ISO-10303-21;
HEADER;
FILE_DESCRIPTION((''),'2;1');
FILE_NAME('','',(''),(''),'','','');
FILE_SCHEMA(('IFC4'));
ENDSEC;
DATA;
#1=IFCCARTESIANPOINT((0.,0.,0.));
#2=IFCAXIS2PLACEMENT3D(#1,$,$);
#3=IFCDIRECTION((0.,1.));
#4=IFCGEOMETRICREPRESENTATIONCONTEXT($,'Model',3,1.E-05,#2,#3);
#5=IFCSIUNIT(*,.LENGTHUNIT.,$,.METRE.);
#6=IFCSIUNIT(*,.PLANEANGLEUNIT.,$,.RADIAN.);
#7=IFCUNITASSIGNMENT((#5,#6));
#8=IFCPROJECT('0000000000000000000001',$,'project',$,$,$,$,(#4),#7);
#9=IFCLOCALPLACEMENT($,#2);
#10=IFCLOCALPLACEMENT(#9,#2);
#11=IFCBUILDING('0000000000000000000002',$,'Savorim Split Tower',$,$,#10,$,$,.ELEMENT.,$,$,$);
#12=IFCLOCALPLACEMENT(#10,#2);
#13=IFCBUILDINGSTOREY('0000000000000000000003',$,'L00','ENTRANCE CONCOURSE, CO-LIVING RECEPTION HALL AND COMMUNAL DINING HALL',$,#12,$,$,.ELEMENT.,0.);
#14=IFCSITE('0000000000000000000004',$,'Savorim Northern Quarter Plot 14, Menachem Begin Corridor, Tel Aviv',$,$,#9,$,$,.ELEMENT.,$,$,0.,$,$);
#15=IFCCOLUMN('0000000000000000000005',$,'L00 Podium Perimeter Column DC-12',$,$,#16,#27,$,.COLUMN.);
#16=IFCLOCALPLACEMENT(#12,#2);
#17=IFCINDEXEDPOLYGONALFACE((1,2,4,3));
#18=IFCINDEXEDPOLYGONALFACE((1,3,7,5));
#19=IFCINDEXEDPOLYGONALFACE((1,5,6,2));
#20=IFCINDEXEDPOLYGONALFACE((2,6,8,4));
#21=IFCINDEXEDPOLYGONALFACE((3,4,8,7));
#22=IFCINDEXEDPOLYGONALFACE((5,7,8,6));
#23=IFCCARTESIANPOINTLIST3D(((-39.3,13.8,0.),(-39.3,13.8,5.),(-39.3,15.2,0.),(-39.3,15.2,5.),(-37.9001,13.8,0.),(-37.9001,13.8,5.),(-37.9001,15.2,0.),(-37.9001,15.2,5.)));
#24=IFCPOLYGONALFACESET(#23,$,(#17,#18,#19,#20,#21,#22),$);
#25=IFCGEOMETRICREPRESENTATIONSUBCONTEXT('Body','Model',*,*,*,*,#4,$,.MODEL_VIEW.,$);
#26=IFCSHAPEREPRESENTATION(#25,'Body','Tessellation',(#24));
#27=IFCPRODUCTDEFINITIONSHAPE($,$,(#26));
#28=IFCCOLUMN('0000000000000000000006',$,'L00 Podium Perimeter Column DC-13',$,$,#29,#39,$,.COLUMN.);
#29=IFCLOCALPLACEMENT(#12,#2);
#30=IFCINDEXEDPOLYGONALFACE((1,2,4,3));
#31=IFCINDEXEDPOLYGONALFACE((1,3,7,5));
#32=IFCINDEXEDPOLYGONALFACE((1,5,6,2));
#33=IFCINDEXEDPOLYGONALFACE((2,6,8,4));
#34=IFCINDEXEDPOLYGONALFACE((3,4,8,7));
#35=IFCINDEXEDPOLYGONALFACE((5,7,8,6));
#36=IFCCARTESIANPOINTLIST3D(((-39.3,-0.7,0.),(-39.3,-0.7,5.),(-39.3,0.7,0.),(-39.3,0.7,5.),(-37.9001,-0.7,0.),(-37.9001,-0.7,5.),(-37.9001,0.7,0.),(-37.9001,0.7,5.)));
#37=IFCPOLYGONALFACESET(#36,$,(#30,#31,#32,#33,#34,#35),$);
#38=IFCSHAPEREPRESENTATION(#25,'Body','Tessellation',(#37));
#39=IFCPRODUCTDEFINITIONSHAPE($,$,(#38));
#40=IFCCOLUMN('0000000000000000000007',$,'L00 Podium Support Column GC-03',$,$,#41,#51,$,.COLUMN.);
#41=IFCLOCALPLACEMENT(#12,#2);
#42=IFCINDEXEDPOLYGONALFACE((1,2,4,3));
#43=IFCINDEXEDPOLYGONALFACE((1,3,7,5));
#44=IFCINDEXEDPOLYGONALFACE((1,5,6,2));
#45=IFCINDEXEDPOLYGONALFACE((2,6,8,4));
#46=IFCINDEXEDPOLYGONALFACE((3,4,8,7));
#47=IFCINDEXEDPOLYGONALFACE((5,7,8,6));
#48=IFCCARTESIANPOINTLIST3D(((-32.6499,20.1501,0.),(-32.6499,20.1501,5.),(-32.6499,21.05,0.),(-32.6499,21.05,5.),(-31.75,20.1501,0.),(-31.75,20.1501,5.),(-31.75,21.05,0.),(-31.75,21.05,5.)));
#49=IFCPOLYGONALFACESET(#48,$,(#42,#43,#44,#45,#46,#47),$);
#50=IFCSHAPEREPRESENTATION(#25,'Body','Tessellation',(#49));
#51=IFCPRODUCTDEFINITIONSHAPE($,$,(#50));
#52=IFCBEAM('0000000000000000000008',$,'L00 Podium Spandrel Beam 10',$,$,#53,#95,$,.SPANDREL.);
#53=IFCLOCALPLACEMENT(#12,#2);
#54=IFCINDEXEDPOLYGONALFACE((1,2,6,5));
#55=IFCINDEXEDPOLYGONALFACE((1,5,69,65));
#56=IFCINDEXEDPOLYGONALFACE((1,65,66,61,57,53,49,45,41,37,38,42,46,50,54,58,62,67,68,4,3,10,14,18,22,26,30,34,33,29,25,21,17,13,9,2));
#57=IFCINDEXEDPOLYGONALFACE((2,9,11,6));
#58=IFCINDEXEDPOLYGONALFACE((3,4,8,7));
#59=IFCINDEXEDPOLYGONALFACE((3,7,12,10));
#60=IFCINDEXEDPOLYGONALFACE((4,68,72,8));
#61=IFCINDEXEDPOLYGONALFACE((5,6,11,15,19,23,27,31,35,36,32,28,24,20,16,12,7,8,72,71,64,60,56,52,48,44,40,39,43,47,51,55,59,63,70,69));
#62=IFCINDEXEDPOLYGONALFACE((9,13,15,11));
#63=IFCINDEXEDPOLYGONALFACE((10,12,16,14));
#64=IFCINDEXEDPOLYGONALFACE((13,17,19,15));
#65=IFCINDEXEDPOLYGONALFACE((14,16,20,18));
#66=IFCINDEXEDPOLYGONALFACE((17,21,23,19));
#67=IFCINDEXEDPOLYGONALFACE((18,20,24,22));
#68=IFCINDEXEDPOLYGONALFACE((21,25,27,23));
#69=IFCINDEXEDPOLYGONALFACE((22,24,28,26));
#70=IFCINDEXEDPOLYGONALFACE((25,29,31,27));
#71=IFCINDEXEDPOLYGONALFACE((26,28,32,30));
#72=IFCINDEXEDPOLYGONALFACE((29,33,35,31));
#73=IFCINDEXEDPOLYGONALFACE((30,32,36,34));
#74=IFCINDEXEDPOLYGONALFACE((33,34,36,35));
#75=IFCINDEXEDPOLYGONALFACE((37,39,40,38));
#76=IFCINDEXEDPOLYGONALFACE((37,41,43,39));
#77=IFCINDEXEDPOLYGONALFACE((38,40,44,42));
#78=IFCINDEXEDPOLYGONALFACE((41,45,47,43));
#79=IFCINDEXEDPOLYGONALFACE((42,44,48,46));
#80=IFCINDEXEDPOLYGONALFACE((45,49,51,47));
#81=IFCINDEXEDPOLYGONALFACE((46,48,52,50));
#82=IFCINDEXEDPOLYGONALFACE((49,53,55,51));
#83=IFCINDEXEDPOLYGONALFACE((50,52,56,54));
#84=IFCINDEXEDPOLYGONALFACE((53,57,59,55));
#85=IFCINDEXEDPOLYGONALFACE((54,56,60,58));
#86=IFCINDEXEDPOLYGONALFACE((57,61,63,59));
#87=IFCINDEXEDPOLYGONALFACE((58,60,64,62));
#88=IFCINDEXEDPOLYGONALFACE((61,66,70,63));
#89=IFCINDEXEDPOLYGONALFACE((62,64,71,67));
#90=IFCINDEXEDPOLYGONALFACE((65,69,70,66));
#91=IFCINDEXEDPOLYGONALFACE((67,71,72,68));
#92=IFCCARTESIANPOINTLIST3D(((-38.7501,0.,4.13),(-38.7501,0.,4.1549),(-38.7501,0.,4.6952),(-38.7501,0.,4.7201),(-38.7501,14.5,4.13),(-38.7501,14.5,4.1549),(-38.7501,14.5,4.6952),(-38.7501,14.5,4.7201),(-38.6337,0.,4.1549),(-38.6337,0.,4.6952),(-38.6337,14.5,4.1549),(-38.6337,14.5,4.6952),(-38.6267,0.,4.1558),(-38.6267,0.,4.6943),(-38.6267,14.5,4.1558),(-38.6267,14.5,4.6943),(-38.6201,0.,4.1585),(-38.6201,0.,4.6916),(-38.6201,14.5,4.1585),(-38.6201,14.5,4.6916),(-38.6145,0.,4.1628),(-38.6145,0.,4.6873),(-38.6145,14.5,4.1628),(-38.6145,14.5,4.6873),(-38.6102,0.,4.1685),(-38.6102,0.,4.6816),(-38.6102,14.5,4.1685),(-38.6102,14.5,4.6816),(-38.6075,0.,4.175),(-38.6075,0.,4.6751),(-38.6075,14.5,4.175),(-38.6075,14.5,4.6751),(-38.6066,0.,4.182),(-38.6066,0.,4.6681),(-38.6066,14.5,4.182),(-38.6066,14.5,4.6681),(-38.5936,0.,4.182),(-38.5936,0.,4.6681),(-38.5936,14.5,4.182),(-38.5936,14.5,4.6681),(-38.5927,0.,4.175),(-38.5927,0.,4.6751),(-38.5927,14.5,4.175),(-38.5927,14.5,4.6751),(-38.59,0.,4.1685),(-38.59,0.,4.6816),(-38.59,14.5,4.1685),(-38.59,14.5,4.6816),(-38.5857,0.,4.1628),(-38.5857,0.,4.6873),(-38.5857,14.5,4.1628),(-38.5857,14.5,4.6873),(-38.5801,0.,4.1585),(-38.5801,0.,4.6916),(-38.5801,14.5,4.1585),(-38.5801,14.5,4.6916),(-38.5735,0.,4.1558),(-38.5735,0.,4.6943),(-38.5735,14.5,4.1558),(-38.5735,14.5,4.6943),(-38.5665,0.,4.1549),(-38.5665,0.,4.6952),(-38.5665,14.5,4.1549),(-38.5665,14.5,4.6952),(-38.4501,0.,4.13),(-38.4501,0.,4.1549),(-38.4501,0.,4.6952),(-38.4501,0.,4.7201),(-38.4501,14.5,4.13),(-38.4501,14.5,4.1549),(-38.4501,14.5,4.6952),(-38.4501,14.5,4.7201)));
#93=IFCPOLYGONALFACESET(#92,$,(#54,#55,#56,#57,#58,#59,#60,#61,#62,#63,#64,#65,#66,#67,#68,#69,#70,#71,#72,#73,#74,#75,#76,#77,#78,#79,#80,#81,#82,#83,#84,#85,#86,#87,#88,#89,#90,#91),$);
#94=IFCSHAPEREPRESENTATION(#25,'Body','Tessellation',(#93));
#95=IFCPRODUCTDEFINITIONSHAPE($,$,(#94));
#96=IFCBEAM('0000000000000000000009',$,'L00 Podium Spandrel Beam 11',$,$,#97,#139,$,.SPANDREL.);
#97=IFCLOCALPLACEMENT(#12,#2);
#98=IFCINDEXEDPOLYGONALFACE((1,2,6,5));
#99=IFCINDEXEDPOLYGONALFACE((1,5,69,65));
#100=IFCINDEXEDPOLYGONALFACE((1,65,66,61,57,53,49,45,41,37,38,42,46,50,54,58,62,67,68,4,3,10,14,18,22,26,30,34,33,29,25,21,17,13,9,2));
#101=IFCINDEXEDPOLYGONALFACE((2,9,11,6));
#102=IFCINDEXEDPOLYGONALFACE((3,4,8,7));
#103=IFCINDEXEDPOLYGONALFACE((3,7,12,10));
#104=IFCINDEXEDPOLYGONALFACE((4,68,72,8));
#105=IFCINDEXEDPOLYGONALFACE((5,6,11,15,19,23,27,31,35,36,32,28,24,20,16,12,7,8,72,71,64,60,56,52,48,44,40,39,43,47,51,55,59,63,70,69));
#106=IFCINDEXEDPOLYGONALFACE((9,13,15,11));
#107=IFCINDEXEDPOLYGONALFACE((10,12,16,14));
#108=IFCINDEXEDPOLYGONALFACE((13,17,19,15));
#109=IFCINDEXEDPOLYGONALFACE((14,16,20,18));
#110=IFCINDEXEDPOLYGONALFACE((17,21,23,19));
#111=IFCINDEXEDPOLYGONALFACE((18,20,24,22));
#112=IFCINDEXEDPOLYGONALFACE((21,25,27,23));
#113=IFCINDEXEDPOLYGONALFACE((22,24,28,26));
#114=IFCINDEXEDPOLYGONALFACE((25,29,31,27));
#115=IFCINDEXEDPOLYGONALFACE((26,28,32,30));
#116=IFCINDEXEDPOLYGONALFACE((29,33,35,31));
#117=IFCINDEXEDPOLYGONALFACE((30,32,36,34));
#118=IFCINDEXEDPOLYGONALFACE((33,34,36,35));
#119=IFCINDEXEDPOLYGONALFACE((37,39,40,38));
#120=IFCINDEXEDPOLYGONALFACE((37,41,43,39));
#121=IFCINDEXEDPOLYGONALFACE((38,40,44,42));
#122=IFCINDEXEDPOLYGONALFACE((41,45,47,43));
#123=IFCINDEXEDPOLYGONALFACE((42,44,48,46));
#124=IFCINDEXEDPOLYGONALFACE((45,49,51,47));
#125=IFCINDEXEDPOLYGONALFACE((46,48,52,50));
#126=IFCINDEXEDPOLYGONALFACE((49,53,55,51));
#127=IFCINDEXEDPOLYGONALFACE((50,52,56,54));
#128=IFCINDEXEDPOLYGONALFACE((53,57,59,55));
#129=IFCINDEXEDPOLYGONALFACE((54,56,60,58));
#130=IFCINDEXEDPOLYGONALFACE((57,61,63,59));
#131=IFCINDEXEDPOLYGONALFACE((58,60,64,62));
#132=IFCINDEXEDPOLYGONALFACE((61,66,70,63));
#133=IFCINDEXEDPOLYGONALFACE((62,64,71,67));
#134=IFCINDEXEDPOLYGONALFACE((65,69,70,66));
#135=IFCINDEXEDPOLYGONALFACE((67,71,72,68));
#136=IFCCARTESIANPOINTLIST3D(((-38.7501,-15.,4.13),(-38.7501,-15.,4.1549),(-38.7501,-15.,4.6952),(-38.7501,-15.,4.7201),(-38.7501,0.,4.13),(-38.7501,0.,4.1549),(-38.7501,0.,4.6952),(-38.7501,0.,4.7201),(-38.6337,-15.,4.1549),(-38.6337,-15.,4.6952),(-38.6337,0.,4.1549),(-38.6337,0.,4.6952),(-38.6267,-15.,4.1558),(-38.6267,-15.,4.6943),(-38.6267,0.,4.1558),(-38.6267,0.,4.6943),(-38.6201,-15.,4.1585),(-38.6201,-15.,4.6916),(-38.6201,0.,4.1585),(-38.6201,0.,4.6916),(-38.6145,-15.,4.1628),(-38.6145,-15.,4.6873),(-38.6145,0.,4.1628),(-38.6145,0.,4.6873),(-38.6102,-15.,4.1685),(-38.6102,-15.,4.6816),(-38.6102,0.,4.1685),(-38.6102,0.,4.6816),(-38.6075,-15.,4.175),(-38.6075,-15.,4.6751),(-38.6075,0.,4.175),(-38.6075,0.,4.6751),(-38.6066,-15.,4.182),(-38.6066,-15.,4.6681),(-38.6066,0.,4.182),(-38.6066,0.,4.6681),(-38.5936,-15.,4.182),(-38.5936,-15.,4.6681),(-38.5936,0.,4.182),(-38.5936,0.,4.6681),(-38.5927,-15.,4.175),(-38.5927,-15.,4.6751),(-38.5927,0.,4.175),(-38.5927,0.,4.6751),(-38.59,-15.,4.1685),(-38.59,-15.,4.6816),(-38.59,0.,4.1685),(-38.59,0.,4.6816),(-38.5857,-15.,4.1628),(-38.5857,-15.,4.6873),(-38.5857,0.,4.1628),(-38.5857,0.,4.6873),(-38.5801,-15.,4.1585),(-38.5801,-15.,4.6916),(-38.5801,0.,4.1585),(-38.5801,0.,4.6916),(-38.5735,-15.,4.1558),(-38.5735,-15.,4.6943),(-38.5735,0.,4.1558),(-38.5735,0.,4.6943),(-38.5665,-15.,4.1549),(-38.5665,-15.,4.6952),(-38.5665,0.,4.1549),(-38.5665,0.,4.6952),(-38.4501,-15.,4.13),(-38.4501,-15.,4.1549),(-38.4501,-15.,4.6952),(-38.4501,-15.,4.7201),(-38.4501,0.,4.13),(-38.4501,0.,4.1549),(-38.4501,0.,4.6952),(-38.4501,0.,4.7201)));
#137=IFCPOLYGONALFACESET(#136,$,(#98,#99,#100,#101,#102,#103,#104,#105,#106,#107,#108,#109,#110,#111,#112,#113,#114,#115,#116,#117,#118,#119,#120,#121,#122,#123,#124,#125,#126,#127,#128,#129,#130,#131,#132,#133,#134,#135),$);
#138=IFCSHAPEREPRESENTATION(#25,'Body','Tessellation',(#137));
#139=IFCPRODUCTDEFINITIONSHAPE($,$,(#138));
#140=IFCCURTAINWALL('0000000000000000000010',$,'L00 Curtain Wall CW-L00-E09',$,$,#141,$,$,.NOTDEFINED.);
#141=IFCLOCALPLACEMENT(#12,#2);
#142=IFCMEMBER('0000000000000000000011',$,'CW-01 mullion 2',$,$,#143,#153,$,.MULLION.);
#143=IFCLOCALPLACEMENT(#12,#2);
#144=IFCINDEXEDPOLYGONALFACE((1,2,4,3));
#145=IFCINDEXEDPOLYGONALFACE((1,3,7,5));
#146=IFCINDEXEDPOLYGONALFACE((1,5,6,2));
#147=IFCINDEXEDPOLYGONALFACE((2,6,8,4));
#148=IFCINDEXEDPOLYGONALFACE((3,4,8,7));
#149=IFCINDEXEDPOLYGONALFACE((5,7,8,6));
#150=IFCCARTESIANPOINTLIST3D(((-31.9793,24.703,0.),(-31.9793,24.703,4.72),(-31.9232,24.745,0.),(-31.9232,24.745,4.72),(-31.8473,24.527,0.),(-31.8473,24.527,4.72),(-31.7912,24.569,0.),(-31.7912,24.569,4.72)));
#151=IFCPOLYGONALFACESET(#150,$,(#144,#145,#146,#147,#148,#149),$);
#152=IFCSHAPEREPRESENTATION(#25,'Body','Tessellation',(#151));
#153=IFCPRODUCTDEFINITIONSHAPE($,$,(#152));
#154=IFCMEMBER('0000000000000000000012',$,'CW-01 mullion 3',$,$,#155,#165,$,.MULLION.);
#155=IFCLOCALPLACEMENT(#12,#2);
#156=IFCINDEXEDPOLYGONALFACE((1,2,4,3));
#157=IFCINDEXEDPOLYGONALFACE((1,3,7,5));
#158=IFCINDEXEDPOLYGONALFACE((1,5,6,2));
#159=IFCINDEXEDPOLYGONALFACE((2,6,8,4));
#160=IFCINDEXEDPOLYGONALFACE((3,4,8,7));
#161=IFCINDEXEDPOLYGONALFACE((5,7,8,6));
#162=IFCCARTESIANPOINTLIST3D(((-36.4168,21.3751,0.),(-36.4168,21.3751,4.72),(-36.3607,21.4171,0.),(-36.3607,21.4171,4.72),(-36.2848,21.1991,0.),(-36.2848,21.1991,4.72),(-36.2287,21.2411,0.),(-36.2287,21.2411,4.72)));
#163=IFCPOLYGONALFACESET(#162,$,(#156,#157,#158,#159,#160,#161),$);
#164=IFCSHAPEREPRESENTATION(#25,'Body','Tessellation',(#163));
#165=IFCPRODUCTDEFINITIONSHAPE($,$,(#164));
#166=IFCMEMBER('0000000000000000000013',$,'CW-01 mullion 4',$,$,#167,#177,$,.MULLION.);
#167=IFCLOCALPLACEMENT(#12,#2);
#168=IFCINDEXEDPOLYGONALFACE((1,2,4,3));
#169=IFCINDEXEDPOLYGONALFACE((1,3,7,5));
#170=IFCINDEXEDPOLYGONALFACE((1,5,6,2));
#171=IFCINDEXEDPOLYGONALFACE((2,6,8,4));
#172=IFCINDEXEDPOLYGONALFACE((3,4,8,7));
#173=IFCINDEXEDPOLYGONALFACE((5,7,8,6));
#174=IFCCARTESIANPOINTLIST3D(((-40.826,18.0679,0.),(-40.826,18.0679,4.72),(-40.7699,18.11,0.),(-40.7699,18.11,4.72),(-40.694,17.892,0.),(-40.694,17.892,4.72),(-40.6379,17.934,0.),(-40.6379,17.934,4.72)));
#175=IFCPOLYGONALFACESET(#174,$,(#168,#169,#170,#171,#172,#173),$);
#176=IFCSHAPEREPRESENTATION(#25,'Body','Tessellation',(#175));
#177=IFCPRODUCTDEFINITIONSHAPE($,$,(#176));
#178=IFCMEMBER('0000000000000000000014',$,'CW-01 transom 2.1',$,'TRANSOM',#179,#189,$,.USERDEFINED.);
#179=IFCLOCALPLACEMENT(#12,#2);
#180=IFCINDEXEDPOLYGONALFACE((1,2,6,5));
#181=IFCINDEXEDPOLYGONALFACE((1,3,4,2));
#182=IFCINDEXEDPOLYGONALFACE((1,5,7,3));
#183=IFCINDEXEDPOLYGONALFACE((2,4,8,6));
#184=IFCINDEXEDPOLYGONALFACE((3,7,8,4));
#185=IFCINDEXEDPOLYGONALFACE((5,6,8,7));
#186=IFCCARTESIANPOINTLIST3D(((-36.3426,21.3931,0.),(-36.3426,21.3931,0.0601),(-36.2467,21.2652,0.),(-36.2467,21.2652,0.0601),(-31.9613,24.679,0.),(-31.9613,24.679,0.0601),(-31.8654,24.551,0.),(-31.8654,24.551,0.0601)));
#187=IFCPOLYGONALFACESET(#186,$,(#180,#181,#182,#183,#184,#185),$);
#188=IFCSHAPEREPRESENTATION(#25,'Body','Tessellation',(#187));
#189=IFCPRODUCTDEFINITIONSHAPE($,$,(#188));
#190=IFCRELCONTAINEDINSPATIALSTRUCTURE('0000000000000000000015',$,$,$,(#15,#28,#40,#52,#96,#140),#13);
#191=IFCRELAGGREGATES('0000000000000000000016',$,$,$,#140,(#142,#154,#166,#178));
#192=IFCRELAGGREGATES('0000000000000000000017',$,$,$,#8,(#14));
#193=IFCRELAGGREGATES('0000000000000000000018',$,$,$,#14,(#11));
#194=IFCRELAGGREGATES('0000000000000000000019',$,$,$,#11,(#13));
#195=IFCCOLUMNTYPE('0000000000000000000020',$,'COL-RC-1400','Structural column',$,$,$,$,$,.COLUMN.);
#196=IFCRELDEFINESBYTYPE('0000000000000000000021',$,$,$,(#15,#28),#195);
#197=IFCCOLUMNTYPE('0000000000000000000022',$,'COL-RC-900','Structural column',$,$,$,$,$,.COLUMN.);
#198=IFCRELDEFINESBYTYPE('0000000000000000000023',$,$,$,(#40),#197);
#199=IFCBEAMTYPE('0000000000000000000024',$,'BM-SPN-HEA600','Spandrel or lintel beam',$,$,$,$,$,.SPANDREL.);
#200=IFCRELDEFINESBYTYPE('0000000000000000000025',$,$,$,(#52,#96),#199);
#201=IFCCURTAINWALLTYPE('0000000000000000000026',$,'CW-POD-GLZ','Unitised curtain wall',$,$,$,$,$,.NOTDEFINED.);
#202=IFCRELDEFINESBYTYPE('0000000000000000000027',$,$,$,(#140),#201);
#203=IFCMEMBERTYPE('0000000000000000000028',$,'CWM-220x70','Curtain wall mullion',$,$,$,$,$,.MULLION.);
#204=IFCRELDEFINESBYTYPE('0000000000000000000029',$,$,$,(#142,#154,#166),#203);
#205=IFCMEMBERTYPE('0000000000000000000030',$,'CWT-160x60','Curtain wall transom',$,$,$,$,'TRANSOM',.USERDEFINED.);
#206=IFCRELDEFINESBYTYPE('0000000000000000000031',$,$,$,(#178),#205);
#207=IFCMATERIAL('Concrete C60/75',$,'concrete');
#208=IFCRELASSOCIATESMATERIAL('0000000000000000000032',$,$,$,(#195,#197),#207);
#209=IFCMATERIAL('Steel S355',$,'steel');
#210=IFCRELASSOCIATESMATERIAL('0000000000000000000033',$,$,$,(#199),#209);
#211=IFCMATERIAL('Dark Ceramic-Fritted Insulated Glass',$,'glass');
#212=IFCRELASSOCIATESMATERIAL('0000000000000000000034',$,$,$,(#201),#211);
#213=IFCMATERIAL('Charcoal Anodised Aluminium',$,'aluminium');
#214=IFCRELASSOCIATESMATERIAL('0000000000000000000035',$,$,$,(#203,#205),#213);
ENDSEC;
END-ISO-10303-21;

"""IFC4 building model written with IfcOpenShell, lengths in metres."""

from ifc_helpers import new_model, si_unit, direction, frame, origin, origin_2d, place, context, subcontext, project, spatial, rectangle, i_section, extrude, material, material_profile, profile_set, type_object, element, aggregate, save


model = new_model("IFC4")

# Units and contexts
model_context = context("Model", 3, precision=1e-05, world=origin(), true_north=direction((0.0, 1.0)))
body_context = subcontext(model_context, "Body", "Model", "MODEL_VIEW")
ifc_project = project(units=[si_unit("LENGTHUNIT", "METRE"), si_unit("PLANEANGLEUNIT", "RADIAN")], contexts=[model_context])

# Site, building, storey
site_placement = place(None, origin())
site = spatial("IfcSite", under=ifc_project, at=site_placement, Name="Savorim Northern Quarter Plot 14, Menachem Begin Corridor, Tel Aviv", CompositionType="ELEMENT", RefElevation=0.0)
building_placement = place(site_placement, origin())
building = spatial("IfcBuilding", under=site, at=building_placement, Name="Savorim Split Tower", CompositionType="ELEMENT")
storey_placement = place(building_placement, origin())
storey = spatial("IfcBuildingStorey", under=building, at=storey_placement, Name="L00", Description="ENTRANCE CONCOURSE, CO-LIVING RECEPTION HALL AND COMMUNAL DINING HALL", CompositionType="ELEMENT", Elevation=0.0)

# Columns
ifc_material_1 = material(Name="Concrete C60/75", Category="concrete")
ifc_material_profile_1 = material_profile(ifc_material_1, rectangle(XDim=1.3999, YDim=1.3999, at=origin_2d()), Name="RC 1400x1400")
ifc_profile_set_1 = profile_set([ifc_material_profile_1], Name="Concrete C60/75")
column_type_1 = type_object("IfcColumnType", Name="COL-RC-1400", Description="Structural column", PredefinedType="COLUMN", material=ifc_profile_set_1)
for number, where, z_axis, x_axis, name in (
    (1, (-38.6001, 14.5, 0.0), (0.0, 0.0, 1.0), (1.0, 0.0, 0.0), "L00 Podium Perimeter Column DC-12"),
    (2, (-38.6001, 0.0, 0.0), (0.0, 0.0, 1.0), (1.0, 0.0, 0.0), "L00 Podium Perimeter Column DC-13"),
):
    element("IfcColumn", number, at=place(storey_placement, frame(where, z_axis=z_axis, x_axis=x_axis)), inside=storey, type_object=column_type_1, Name=name, PredefinedType="COLUMN", context=body_context, shape_type="SweptSolid", body=[
        extrude(rectangle(XDim=1.3999, YDim=1.3999, at=origin_2d()), origin(), (0.0, 0.0, 1.0), 5.0),
    ])
ifc_material_profile_2 = material_profile(ifc_material_1, rectangle(XDim=0.8999, YDim=0.8999, at=origin_2d()), Name="RC 900x900")
ifc_profile_set_2 = profile_set([ifc_material_profile_2], Name="Concrete C60/75")
column_type_2 = type_object("IfcColumnType", Name="COL-RC-900", Description="Structural column", PredefinedType="COLUMN", material=ifc_profile_set_2)
column_placement = place(storey_placement, frame((-32.2, 20.6001, 0.0), z_axis=(0.0, 0.0, 1.0), x_axis=(1.0, 0.0, 0.0)))
element("IfcColumn", 3, at=column_placement, inside=storey, type_object=column_type_2, Name="L00 Podium Support Column GC-03", PredefinedType="COLUMN", context=body_context, shape_type="SweptSolid", body=[
    extrude(rectangle(XDim=0.8999, YDim=0.8999, at=origin_2d()), origin(), (0.0, 0.0, 1.0), 5.0),
])

# Beams
ifc_material_2 = material(Name="Steel S355", Category="steel")
ifc_material_profile_3 = material_profile(ifc_material_2, i_section(OverallWidth=0.3, OverallDepth=0.5901, WebThickness=0.0129, FlangeThickness=0.0249, FilletRadius=0.0271, at=origin_2d()), Name="HEA 600")
ifc_profile_set_3 = profile_set([ifc_material_profile_3], Name="Steel S355")
beam_type = type_object("IfcBeamType", Name="BM-SPN-HEA600", Description="Spandrel or lintel beam", PredefinedType="SPANDREL", material=ifc_profile_set_3)
beam_1_placement = place(storey_placement, frame((-38.6001, 14.5, 4.425), z_axis=(0.0, -1.0, 0.0), x_axis=(1.0, 0.0, 0.0)))
element("IfcBeam", 4, at=beam_1_placement, inside=storey, type_object=beam_type, Name="L00 Podium Spandrel Beam 10", PredefinedType="SPANDREL", context=body_context, shape_type="SweptSolid", body=[
    extrude(i_section(OverallWidth=0.3, OverallDepth=0.5901, WebThickness=0.0129, FlangeThickness=0.0249, FilletRadius=0.0271, at=origin_2d()), origin(), (0.0, 0.0, 1.0), 14.5),
])
beam_2_placement = place(storey_placement, frame((-38.6001, 0.0, 4.425), z_axis=(0.0, -1.0, 0.0), x_axis=(1.0, 0.0, 0.0)))
element("IfcBeam", 5, at=beam_2_placement, inside=storey, type_object=beam_type, Name="L00 Podium Spandrel Beam 11", PredefinedType="SPANDREL", context=body_context, shape_type="SweptSolid", body=[
    extrude(i_section(OverallWidth=0.3, OverallDepth=0.5901, WebThickness=0.0129, FlangeThickness=0.0249, FilletRadius=0.0271, at=origin_2d()), origin(), (0.0, 0.0, 1.0), 15.0),
])

# Curtain wall, members
ifc_material_3 = material(Name="Dark Ceramic-Fritted Insulated Glass", Category="glass")
curtain_wall_type = type_object("IfcCurtainWallType", Name="CW-POD-GLZ", Description="Unitised curtain wall", PredefinedType="NOTDEFINED", material=ifc_material_3)
curtain_wall_placement = place(storey_placement, origin())
curtain_wall = element("IfcCurtainWall", 6, at=curtain_wall_placement, inside=storey, type_object=curtain_wall_type, Name="L00 Curtain Wall CW-L00-E09", PredefinedType="NOTDEFINED")
ifc_material_4 = material(Name="Charcoal Anodised Aluminium", Category="aluminium")
ifc_material_profile_4 = material_profile(ifc_material_4, rectangle(XDim=0.22, YDim=0.0701, at=origin_2d()), Name="ALU-M 220x70")
ifc_profile_set_4 = profile_set([ifc_material_profile_4], Name="Charcoal Anodised Aluminium")
member_type_1 = type_object("IfcMemberType", Name="CWM-220x70", Description="Curtain wall mullion", PredefinedType="MULLION", material=ifc_profile_set_4)
member_1_placement = place(storey_placement, frame((-31.8853, 24.636, 0.0), z_axis=(0.0, 0.0, 1.0), x_axis=(0.6, -0.8, 0.0)))
member_1 = element("IfcMember", 7, at=member_1_placement, type_object=member_type_1, Name="CW-01 mullion 2", PredefinedType="MULLION", context=body_context, shape_type="SweptSolid", body=[
    extrude(rectangle(XDim=0.22, YDim=0.0701, at=origin_2d()), origin(), (0.0, 0.0, 1.0), 4.72),
])
member_2_placement = place(storey_placement, frame((-36.3228, 21.3081, 0.0), z_axis=(0.0, 0.0, 1.0), x_axis=(0.6, -0.8, 0.0)))
member_2 = element("IfcMember", 8, at=member_2_placement, type_object=member_type_1, Name="CW-01 mullion 3", PredefinedType="MULLION", context=body_context, shape_type="SweptSolid", body=[
    extrude(rectangle(XDim=0.22, YDim=0.0701, at=origin_2d()), origin(), (0.0, 0.0, 1.0), 4.72),
])
member_3_placement = place(storey_placement, frame((-40.7319, 18.001, 0.0), z_axis=(0.0, 0.0, 1.0), x_axis=(0.6, -0.8, 0.0)))
member_3 = element("IfcMember", 9, at=member_3_placement, type_object=member_type_1, Name="CW-01 mullion 4", PredefinedType="MULLION", context=body_context, shape_type="SweptSolid", body=[
    extrude(rectangle(XDim=0.22, YDim=0.0701, at=origin_2d()), origin(), (0.0, 0.0, 1.0), 4.72),
])
ifc_material_profile_5 = material_profile(ifc_material_4, rectangle(XDim=0.1599, YDim=0.0601, at=origin_2d()), Name="ALU-T 160x60")
ifc_profile_set_5 = profile_set([ifc_material_profile_5], Name="Charcoal Anodised Aluminium")
member_type_2 = type_object("IfcMemberType", Name="CWT-160x60", Description="Curtain wall transom", ElementType="TRANSOM", PredefinedType="USERDEFINED", material=ifc_profile_set_5)
member_4_placement = place(storey_placement, frame((-31.9133, 24.615, 0.03), z_axis=(-0.800011, -0.599986, 0.0), x_axis=(0.599986, -0.800011, 0.0)))
member_4 = element("IfcMember", 10, at=member_4_placement, type_object=member_type_2, Name="CW-01 transom 2.1", ObjectType="TRANSOM", PredefinedType="USERDEFINED", context=body_context, shape_type="SweptSolid", body=[
    extrude(rectangle(XDim=0.1599, YDim=0.0601, at=origin_2d()), origin(), (0.0, 0.0, 1.0), 5.4766),
])
aggregate(curtain_wall, [member_1, member_2, member_3, member_4])

save(model, "model.ifc")
